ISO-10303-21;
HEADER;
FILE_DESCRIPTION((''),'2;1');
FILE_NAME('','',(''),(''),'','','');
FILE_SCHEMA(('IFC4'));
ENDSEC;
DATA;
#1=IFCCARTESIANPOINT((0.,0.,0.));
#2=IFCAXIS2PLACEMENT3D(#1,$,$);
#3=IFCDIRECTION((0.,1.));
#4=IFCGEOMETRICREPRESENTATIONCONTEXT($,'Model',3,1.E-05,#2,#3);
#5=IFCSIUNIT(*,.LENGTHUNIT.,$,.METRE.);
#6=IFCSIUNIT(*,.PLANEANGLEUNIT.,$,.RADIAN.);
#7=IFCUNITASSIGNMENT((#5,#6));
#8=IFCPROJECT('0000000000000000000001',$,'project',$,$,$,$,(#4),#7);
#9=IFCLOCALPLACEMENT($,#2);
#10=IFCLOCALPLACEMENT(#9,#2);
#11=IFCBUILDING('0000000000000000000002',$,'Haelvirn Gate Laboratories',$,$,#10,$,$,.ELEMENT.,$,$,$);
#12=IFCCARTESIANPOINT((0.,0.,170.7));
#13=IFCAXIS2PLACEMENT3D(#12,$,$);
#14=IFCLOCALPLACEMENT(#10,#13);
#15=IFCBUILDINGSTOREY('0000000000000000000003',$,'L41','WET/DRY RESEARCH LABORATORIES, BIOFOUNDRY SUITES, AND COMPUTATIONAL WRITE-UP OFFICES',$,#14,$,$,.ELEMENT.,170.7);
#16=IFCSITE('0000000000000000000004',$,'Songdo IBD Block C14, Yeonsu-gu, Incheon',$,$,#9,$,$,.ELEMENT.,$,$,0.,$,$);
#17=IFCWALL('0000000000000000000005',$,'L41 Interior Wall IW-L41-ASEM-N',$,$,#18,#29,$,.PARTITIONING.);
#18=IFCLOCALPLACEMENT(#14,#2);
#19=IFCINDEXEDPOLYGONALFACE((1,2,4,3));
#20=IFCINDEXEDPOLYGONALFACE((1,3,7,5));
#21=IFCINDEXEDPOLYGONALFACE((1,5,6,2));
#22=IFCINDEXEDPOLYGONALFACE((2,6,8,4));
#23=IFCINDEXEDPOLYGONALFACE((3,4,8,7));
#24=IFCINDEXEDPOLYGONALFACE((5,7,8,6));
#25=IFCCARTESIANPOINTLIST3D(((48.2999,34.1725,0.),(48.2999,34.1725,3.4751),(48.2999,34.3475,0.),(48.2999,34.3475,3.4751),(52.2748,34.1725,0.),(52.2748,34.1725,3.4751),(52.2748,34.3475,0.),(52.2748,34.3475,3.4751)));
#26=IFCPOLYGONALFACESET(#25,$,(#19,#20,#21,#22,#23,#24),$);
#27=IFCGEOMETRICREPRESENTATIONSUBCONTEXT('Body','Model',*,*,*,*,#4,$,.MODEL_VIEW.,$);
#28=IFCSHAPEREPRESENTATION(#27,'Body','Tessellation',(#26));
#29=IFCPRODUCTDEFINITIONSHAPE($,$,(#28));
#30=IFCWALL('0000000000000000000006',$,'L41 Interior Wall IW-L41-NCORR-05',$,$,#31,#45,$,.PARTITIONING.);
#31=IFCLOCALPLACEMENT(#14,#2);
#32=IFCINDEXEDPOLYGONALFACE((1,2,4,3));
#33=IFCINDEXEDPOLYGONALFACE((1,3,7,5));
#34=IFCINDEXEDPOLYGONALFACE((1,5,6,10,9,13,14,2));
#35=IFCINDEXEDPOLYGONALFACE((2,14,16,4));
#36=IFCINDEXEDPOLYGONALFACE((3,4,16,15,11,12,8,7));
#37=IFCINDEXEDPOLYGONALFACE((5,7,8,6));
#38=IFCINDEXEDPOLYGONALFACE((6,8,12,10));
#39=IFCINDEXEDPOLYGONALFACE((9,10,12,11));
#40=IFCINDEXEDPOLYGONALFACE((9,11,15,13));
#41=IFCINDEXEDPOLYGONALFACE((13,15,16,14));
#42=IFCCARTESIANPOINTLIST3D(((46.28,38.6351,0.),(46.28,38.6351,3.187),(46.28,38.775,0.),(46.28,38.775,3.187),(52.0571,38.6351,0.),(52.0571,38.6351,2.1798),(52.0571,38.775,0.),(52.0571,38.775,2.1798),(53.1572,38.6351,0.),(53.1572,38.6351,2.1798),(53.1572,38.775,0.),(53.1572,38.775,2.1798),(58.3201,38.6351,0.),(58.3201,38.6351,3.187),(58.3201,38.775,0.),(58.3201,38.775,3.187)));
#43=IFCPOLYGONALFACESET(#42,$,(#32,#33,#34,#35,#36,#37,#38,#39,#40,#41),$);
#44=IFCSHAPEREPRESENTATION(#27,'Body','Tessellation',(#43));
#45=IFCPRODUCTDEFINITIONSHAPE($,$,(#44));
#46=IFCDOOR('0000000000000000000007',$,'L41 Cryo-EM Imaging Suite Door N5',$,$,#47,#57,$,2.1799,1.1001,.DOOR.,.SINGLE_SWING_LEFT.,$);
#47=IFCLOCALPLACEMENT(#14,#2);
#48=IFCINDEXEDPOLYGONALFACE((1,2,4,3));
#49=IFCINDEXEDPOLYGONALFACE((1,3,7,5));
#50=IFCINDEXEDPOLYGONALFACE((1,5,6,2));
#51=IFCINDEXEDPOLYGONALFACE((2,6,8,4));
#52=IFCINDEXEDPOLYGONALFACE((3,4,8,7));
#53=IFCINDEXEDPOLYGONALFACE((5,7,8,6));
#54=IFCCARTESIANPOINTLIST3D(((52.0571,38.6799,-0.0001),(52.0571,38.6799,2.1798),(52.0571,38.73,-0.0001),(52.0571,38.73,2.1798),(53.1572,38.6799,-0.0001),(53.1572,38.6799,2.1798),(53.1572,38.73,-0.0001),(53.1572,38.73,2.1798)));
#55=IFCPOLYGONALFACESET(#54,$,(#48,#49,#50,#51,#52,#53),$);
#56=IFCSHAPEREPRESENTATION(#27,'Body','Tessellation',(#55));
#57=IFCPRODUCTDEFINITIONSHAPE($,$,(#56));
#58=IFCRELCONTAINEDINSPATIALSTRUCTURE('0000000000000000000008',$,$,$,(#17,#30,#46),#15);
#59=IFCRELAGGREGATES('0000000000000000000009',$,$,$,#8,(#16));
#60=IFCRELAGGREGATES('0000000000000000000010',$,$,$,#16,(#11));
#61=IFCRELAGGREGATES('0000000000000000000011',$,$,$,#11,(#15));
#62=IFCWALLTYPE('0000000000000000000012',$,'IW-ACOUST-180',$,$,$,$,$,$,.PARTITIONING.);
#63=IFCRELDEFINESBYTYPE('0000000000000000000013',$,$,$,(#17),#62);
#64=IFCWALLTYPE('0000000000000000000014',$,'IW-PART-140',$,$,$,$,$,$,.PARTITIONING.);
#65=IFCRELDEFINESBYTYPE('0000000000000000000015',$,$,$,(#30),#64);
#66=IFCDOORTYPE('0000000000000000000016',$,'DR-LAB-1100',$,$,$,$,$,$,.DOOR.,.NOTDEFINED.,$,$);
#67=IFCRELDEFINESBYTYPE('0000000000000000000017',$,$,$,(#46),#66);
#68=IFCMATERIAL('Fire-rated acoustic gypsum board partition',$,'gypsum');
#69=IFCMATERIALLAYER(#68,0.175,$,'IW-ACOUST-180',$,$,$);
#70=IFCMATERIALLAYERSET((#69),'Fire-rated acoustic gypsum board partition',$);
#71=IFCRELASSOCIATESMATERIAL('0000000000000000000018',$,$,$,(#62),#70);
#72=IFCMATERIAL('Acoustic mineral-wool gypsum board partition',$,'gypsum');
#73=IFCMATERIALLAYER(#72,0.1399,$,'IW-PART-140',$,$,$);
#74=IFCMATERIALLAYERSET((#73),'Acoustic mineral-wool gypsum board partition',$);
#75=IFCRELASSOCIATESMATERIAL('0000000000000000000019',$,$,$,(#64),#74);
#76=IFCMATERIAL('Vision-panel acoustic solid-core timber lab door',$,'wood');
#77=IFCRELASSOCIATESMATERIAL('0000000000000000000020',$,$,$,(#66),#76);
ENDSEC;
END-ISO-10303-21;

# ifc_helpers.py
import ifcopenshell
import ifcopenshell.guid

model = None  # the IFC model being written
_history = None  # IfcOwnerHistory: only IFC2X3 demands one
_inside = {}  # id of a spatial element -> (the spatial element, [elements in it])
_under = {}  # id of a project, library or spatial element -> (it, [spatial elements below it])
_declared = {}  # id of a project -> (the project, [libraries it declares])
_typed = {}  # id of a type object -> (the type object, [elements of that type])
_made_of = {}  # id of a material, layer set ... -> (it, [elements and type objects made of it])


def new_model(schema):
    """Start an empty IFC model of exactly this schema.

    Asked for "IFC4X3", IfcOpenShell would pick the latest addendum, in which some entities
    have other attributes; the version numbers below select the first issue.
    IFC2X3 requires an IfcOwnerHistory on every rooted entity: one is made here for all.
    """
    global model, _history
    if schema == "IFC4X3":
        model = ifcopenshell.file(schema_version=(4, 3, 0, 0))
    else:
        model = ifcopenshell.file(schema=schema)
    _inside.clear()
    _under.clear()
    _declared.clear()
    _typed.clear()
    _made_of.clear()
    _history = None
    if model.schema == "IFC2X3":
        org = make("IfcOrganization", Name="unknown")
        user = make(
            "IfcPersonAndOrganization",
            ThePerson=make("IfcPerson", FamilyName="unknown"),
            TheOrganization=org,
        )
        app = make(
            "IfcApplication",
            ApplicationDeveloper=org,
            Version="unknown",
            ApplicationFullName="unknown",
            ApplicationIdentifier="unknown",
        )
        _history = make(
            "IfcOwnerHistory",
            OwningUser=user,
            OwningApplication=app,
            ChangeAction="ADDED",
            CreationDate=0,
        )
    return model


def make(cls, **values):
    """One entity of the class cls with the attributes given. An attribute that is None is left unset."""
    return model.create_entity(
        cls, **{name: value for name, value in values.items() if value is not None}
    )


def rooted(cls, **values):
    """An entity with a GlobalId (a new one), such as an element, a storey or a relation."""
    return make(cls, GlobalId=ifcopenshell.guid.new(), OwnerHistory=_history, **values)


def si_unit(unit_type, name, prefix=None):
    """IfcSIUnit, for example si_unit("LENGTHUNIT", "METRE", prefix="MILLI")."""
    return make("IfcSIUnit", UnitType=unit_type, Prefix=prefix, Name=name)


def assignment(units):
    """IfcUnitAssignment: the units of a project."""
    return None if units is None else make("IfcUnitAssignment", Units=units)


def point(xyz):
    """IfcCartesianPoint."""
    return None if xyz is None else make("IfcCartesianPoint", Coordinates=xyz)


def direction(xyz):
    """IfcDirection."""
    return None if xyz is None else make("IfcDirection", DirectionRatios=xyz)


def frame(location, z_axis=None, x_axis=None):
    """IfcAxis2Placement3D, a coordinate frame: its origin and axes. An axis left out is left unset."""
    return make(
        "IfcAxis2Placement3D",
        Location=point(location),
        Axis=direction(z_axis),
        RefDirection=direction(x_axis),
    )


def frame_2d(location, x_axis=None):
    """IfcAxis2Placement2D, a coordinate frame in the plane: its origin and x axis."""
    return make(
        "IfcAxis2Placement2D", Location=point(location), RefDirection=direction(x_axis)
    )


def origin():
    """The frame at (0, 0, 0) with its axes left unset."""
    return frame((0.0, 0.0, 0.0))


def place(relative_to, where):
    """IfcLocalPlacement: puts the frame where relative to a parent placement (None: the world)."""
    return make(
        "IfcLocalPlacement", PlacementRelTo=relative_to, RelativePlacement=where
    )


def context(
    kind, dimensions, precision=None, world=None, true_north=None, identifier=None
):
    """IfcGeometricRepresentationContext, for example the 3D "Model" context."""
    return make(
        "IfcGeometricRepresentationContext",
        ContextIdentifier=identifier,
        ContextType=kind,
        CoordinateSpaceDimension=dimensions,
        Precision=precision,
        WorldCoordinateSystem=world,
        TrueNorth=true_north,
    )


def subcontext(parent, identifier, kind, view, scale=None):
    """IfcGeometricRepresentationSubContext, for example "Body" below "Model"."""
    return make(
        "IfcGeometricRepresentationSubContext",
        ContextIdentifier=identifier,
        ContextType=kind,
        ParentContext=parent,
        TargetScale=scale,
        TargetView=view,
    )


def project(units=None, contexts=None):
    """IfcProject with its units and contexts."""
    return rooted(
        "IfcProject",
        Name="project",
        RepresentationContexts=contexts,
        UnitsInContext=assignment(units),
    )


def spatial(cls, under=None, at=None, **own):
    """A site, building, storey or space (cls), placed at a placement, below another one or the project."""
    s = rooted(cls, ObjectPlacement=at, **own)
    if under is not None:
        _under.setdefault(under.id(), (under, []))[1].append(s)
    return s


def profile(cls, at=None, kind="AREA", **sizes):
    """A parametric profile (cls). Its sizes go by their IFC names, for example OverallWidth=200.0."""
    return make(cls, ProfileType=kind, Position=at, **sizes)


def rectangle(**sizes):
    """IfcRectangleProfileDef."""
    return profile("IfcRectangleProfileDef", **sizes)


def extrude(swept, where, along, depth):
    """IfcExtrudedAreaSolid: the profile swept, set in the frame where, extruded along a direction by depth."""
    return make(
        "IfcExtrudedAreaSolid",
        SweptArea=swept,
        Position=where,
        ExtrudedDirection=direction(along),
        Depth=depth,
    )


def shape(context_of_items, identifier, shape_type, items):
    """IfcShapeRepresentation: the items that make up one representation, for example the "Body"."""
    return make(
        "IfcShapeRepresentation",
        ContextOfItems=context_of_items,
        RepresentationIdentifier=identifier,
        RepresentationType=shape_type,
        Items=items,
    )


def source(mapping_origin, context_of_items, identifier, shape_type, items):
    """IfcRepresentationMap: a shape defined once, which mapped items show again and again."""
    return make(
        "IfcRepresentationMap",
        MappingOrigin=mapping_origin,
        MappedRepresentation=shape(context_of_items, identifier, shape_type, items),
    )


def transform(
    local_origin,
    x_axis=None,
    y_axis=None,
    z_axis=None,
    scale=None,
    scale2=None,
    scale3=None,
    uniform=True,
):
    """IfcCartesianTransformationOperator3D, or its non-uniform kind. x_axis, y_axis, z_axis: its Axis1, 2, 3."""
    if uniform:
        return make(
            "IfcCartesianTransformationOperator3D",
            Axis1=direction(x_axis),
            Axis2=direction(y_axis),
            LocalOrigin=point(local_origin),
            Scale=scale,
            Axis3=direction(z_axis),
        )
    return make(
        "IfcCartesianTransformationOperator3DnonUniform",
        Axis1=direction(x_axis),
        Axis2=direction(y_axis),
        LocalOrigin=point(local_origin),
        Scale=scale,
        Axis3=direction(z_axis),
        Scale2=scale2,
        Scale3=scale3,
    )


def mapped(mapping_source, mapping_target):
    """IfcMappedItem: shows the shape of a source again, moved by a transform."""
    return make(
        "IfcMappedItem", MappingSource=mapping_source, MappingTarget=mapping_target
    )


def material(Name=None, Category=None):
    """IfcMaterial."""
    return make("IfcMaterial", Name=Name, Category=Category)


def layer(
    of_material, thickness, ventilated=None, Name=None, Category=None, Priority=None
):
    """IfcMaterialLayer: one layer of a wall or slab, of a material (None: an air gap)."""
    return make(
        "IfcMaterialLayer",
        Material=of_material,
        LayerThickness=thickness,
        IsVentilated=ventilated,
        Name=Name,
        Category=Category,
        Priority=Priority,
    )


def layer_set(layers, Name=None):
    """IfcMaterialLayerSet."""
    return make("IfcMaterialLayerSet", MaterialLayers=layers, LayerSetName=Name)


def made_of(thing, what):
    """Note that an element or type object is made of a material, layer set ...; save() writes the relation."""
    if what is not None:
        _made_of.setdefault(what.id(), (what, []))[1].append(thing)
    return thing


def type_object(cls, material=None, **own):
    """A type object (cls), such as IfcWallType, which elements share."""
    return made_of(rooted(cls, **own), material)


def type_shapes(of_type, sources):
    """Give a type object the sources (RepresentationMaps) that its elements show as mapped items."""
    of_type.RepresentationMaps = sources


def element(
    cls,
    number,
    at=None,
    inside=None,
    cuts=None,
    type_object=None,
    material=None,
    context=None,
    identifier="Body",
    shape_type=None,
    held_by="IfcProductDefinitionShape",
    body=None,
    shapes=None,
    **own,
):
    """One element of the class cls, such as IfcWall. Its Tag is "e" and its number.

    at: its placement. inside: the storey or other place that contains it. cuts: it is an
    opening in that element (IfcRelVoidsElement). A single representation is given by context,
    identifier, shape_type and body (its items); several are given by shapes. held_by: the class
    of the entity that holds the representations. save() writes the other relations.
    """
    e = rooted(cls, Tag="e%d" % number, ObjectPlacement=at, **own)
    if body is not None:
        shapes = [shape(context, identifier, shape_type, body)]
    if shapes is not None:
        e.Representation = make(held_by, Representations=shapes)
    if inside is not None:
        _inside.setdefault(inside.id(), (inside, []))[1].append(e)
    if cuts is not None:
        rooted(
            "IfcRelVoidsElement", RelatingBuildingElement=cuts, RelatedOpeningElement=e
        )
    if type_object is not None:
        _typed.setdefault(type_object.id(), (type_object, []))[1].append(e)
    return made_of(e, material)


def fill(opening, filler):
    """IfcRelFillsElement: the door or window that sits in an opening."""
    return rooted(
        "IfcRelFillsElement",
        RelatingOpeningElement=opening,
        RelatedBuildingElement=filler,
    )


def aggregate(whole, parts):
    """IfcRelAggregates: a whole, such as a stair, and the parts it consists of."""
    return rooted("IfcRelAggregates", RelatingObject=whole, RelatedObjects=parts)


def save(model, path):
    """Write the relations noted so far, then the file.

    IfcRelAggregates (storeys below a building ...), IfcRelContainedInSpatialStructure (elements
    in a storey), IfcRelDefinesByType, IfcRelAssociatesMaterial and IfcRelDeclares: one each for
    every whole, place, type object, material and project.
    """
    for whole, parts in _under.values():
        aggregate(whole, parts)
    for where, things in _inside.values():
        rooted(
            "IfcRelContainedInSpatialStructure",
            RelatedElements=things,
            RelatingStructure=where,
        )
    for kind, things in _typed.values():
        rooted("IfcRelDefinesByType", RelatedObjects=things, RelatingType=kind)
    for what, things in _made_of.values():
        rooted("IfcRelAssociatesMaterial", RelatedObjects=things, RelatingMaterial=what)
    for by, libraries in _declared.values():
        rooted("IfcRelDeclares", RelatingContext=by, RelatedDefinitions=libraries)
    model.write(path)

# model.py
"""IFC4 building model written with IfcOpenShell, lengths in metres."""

from ifc_helpers import new_model, si_unit, direction, frame, frame_2d, origin, place, context, subcontext, project, spatial, rectangle, extrude, source, transform, mapped, material, layer, layer_set, type_object, type_shapes, element, fill, save


model = new_model("IFC4")

# Units and contexts
model_context = context("Model", 3, precision=1e-05, world=origin(), true_north=direction((0.0, 1.0)))
body_context = subcontext(model_context, "Body", "Model", "MODEL_VIEW")
ifc_project = project(units=[si_unit("LENGTHUNIT", "METRE"), si_unit("PLANEANGLEUNIT", "RADIAN")], contexts=[model_context])

# Site, building, storey
site_placement = place(None, origin())
site = spatial("IfcSite", under=ifc_project, at=site_placement, Name="Songdo IBD Block C14, Yeonsu-gu, Incheon", CompositionType="ELEMENT", RefElevation=0.0)
building_placement = place(site_placement, origin())
building = spatial("IfcBuilding", under=site, at=building_placement, Name="Haelvirn Gate Laboratories", CompositionType="ELEMENT")
storey_placement = place(building_placement, frame((0.0, 0.0, 170.7)))
storey = spatial("IfcBuildingStorey", under=building, at=storey_placement, Name="L41", Description="WET/DRY RESEARCH LABORATORIES, BIOFOUNDRY SUITES, AND COMPUTATIONAL WRITE-UP OFFICES", CompositionType="ELEMENT", Elevation=170.7)

# Wall
ifc_material_1 = material(Name="Fire-rated acoustic gypsum board partition", Category="gypsum")
ifc_layer_1 = layer(ifc_material_1, 0.175, Name="IW-ACOUST-180")
ifc_layer_set_1 = layer_set([ifc_layer_1], Name="Fire-rated acoustic gypsum board partition")
wall_type_1 = type_object("IfcWallType", Name="IW-ACOUST-180", PredefinedType="PARTITIONING", material=ifc_layer_set_1)
wall_1_placement = place(storey_placement, frame((48.3, 34.26, 0.0), z_axis=(0.0, 0.0, 1.0), x_axis=(1.0, 0.0, 0.0)))
element("IfcWall", 1, at=wall_1_placement, inside=storey, type_object=wall_type_1, Name="L41 Interior Wall IW-L41-ASEM-N", PredefinedType="PARTITIONING", context=body_context, shape_type="SweptSolid", body=[
    extrude(rectangle(XDim=3.9749, YDim=0.175, at=frame_2d((1.9873, 0.0))), origin(), (0.0, 0.0, 1.0), 3.4751),
])

# Wall, opening, door
ifc_material_2 = material(Name="Acoustic mineral-wool gypsum board partition", Category="gypsum")
ifc_layer_2 = layer(ifc_material_2, 0.1399, Name="IW-PART-140")
ifc_layer_set_2 = layer_set([ifc_layer_2], Name="Acoustic mineral-wool gypsum board partition")
wall_type_2 = type_object("IfcWallType", Name="IW-PART-140", PredefinedType="PARTITIONING", material=ifc_layer_set_2)
wall_2_placement = place(storey_placement, frame((46.28, 38.7051, 0.0), z_axis=(0.0, 0.0, 1.0), x_axis=(1.0, 0.0, 0.0)))
wall_2 = element("IfcWall", 2, at=wall_2_placement, inside=storey, type_object=wall_type_2, Name="L41 Interior Wall IW-L41-NCORR-05", PredefinedType="PARTITIONING", context=body_context, shape_type="SweptSolid", body=[
    extrude(rectangle(XDim=12.04, YDim=0.1399, at=frame_2d((6.02, 0.0))), origin(), (0.0, 0.0, 1.0), 3.187),
])
opening_placement = place(wall_2_placement, frame((5.7771, 0.0, 0.0)))
opening = element("IfcOpeningElement", 3, at=opening_placement, cuts=wall_2, PredefinedType="OPENING", context=body_context, shape_type="SweptSolid", body=[
    extrude(rectangle(XDim=1.1001, YDim=2.1799, at=frame_2d((0.55, 1.0898))), frame((0.0, 0.0801, 0.0), z_axis=(0.0, -1.0, 0.0), x_axis=(1.0, 0.0, 0.0)), (0.0, 0.0, 1.0), 0.1599),
])
ifc_material_3 = material(Name="Vision-panel acoustic solid-core timber lab door", Category="wood")
door_type = type_object("IfcDoorType", Name="DR-LAB-1100", OperationType="NOTDEFINED", PredefinedType="DOOR", material=ifc_material_3)
shared_shape_1 = source(origin(), body_context, "Body", "SweptSolid", [
    extrude(rectangle(XDim=1.1001, YDim=2.1799, at=frame_2d((0.55, 1.0898))), frame((0.0, 0.0249, 0.0), z_axis=(0.0, -1.0, 0.0), x_axis=(1.0, 0.0, 0.0)), (0.0, 0.0, 1.0), 0.05),
])
type_shapes(door_type, [shared_shape_1])
door_placement = place(opening_placement, origin())
door = element("IfcDoor", 4, at=door_placement, inside=storey, type_object=door_type, Name="L41 Cryo-EM Imaging Suite Door N5", OperationType="SINGLE_SWING_LEFT", OverallHeight=2.1799, OverallWidth=1.1001, PredefinedType="DOOR", context=body_context, shape_type="MappedRepresentation", body=[
    mapped(shared_shape_1, transform((0.0, 0.0, 0.0), scale=1.0)),
])
fill(opening, door)

save(model, "model.ifc")
